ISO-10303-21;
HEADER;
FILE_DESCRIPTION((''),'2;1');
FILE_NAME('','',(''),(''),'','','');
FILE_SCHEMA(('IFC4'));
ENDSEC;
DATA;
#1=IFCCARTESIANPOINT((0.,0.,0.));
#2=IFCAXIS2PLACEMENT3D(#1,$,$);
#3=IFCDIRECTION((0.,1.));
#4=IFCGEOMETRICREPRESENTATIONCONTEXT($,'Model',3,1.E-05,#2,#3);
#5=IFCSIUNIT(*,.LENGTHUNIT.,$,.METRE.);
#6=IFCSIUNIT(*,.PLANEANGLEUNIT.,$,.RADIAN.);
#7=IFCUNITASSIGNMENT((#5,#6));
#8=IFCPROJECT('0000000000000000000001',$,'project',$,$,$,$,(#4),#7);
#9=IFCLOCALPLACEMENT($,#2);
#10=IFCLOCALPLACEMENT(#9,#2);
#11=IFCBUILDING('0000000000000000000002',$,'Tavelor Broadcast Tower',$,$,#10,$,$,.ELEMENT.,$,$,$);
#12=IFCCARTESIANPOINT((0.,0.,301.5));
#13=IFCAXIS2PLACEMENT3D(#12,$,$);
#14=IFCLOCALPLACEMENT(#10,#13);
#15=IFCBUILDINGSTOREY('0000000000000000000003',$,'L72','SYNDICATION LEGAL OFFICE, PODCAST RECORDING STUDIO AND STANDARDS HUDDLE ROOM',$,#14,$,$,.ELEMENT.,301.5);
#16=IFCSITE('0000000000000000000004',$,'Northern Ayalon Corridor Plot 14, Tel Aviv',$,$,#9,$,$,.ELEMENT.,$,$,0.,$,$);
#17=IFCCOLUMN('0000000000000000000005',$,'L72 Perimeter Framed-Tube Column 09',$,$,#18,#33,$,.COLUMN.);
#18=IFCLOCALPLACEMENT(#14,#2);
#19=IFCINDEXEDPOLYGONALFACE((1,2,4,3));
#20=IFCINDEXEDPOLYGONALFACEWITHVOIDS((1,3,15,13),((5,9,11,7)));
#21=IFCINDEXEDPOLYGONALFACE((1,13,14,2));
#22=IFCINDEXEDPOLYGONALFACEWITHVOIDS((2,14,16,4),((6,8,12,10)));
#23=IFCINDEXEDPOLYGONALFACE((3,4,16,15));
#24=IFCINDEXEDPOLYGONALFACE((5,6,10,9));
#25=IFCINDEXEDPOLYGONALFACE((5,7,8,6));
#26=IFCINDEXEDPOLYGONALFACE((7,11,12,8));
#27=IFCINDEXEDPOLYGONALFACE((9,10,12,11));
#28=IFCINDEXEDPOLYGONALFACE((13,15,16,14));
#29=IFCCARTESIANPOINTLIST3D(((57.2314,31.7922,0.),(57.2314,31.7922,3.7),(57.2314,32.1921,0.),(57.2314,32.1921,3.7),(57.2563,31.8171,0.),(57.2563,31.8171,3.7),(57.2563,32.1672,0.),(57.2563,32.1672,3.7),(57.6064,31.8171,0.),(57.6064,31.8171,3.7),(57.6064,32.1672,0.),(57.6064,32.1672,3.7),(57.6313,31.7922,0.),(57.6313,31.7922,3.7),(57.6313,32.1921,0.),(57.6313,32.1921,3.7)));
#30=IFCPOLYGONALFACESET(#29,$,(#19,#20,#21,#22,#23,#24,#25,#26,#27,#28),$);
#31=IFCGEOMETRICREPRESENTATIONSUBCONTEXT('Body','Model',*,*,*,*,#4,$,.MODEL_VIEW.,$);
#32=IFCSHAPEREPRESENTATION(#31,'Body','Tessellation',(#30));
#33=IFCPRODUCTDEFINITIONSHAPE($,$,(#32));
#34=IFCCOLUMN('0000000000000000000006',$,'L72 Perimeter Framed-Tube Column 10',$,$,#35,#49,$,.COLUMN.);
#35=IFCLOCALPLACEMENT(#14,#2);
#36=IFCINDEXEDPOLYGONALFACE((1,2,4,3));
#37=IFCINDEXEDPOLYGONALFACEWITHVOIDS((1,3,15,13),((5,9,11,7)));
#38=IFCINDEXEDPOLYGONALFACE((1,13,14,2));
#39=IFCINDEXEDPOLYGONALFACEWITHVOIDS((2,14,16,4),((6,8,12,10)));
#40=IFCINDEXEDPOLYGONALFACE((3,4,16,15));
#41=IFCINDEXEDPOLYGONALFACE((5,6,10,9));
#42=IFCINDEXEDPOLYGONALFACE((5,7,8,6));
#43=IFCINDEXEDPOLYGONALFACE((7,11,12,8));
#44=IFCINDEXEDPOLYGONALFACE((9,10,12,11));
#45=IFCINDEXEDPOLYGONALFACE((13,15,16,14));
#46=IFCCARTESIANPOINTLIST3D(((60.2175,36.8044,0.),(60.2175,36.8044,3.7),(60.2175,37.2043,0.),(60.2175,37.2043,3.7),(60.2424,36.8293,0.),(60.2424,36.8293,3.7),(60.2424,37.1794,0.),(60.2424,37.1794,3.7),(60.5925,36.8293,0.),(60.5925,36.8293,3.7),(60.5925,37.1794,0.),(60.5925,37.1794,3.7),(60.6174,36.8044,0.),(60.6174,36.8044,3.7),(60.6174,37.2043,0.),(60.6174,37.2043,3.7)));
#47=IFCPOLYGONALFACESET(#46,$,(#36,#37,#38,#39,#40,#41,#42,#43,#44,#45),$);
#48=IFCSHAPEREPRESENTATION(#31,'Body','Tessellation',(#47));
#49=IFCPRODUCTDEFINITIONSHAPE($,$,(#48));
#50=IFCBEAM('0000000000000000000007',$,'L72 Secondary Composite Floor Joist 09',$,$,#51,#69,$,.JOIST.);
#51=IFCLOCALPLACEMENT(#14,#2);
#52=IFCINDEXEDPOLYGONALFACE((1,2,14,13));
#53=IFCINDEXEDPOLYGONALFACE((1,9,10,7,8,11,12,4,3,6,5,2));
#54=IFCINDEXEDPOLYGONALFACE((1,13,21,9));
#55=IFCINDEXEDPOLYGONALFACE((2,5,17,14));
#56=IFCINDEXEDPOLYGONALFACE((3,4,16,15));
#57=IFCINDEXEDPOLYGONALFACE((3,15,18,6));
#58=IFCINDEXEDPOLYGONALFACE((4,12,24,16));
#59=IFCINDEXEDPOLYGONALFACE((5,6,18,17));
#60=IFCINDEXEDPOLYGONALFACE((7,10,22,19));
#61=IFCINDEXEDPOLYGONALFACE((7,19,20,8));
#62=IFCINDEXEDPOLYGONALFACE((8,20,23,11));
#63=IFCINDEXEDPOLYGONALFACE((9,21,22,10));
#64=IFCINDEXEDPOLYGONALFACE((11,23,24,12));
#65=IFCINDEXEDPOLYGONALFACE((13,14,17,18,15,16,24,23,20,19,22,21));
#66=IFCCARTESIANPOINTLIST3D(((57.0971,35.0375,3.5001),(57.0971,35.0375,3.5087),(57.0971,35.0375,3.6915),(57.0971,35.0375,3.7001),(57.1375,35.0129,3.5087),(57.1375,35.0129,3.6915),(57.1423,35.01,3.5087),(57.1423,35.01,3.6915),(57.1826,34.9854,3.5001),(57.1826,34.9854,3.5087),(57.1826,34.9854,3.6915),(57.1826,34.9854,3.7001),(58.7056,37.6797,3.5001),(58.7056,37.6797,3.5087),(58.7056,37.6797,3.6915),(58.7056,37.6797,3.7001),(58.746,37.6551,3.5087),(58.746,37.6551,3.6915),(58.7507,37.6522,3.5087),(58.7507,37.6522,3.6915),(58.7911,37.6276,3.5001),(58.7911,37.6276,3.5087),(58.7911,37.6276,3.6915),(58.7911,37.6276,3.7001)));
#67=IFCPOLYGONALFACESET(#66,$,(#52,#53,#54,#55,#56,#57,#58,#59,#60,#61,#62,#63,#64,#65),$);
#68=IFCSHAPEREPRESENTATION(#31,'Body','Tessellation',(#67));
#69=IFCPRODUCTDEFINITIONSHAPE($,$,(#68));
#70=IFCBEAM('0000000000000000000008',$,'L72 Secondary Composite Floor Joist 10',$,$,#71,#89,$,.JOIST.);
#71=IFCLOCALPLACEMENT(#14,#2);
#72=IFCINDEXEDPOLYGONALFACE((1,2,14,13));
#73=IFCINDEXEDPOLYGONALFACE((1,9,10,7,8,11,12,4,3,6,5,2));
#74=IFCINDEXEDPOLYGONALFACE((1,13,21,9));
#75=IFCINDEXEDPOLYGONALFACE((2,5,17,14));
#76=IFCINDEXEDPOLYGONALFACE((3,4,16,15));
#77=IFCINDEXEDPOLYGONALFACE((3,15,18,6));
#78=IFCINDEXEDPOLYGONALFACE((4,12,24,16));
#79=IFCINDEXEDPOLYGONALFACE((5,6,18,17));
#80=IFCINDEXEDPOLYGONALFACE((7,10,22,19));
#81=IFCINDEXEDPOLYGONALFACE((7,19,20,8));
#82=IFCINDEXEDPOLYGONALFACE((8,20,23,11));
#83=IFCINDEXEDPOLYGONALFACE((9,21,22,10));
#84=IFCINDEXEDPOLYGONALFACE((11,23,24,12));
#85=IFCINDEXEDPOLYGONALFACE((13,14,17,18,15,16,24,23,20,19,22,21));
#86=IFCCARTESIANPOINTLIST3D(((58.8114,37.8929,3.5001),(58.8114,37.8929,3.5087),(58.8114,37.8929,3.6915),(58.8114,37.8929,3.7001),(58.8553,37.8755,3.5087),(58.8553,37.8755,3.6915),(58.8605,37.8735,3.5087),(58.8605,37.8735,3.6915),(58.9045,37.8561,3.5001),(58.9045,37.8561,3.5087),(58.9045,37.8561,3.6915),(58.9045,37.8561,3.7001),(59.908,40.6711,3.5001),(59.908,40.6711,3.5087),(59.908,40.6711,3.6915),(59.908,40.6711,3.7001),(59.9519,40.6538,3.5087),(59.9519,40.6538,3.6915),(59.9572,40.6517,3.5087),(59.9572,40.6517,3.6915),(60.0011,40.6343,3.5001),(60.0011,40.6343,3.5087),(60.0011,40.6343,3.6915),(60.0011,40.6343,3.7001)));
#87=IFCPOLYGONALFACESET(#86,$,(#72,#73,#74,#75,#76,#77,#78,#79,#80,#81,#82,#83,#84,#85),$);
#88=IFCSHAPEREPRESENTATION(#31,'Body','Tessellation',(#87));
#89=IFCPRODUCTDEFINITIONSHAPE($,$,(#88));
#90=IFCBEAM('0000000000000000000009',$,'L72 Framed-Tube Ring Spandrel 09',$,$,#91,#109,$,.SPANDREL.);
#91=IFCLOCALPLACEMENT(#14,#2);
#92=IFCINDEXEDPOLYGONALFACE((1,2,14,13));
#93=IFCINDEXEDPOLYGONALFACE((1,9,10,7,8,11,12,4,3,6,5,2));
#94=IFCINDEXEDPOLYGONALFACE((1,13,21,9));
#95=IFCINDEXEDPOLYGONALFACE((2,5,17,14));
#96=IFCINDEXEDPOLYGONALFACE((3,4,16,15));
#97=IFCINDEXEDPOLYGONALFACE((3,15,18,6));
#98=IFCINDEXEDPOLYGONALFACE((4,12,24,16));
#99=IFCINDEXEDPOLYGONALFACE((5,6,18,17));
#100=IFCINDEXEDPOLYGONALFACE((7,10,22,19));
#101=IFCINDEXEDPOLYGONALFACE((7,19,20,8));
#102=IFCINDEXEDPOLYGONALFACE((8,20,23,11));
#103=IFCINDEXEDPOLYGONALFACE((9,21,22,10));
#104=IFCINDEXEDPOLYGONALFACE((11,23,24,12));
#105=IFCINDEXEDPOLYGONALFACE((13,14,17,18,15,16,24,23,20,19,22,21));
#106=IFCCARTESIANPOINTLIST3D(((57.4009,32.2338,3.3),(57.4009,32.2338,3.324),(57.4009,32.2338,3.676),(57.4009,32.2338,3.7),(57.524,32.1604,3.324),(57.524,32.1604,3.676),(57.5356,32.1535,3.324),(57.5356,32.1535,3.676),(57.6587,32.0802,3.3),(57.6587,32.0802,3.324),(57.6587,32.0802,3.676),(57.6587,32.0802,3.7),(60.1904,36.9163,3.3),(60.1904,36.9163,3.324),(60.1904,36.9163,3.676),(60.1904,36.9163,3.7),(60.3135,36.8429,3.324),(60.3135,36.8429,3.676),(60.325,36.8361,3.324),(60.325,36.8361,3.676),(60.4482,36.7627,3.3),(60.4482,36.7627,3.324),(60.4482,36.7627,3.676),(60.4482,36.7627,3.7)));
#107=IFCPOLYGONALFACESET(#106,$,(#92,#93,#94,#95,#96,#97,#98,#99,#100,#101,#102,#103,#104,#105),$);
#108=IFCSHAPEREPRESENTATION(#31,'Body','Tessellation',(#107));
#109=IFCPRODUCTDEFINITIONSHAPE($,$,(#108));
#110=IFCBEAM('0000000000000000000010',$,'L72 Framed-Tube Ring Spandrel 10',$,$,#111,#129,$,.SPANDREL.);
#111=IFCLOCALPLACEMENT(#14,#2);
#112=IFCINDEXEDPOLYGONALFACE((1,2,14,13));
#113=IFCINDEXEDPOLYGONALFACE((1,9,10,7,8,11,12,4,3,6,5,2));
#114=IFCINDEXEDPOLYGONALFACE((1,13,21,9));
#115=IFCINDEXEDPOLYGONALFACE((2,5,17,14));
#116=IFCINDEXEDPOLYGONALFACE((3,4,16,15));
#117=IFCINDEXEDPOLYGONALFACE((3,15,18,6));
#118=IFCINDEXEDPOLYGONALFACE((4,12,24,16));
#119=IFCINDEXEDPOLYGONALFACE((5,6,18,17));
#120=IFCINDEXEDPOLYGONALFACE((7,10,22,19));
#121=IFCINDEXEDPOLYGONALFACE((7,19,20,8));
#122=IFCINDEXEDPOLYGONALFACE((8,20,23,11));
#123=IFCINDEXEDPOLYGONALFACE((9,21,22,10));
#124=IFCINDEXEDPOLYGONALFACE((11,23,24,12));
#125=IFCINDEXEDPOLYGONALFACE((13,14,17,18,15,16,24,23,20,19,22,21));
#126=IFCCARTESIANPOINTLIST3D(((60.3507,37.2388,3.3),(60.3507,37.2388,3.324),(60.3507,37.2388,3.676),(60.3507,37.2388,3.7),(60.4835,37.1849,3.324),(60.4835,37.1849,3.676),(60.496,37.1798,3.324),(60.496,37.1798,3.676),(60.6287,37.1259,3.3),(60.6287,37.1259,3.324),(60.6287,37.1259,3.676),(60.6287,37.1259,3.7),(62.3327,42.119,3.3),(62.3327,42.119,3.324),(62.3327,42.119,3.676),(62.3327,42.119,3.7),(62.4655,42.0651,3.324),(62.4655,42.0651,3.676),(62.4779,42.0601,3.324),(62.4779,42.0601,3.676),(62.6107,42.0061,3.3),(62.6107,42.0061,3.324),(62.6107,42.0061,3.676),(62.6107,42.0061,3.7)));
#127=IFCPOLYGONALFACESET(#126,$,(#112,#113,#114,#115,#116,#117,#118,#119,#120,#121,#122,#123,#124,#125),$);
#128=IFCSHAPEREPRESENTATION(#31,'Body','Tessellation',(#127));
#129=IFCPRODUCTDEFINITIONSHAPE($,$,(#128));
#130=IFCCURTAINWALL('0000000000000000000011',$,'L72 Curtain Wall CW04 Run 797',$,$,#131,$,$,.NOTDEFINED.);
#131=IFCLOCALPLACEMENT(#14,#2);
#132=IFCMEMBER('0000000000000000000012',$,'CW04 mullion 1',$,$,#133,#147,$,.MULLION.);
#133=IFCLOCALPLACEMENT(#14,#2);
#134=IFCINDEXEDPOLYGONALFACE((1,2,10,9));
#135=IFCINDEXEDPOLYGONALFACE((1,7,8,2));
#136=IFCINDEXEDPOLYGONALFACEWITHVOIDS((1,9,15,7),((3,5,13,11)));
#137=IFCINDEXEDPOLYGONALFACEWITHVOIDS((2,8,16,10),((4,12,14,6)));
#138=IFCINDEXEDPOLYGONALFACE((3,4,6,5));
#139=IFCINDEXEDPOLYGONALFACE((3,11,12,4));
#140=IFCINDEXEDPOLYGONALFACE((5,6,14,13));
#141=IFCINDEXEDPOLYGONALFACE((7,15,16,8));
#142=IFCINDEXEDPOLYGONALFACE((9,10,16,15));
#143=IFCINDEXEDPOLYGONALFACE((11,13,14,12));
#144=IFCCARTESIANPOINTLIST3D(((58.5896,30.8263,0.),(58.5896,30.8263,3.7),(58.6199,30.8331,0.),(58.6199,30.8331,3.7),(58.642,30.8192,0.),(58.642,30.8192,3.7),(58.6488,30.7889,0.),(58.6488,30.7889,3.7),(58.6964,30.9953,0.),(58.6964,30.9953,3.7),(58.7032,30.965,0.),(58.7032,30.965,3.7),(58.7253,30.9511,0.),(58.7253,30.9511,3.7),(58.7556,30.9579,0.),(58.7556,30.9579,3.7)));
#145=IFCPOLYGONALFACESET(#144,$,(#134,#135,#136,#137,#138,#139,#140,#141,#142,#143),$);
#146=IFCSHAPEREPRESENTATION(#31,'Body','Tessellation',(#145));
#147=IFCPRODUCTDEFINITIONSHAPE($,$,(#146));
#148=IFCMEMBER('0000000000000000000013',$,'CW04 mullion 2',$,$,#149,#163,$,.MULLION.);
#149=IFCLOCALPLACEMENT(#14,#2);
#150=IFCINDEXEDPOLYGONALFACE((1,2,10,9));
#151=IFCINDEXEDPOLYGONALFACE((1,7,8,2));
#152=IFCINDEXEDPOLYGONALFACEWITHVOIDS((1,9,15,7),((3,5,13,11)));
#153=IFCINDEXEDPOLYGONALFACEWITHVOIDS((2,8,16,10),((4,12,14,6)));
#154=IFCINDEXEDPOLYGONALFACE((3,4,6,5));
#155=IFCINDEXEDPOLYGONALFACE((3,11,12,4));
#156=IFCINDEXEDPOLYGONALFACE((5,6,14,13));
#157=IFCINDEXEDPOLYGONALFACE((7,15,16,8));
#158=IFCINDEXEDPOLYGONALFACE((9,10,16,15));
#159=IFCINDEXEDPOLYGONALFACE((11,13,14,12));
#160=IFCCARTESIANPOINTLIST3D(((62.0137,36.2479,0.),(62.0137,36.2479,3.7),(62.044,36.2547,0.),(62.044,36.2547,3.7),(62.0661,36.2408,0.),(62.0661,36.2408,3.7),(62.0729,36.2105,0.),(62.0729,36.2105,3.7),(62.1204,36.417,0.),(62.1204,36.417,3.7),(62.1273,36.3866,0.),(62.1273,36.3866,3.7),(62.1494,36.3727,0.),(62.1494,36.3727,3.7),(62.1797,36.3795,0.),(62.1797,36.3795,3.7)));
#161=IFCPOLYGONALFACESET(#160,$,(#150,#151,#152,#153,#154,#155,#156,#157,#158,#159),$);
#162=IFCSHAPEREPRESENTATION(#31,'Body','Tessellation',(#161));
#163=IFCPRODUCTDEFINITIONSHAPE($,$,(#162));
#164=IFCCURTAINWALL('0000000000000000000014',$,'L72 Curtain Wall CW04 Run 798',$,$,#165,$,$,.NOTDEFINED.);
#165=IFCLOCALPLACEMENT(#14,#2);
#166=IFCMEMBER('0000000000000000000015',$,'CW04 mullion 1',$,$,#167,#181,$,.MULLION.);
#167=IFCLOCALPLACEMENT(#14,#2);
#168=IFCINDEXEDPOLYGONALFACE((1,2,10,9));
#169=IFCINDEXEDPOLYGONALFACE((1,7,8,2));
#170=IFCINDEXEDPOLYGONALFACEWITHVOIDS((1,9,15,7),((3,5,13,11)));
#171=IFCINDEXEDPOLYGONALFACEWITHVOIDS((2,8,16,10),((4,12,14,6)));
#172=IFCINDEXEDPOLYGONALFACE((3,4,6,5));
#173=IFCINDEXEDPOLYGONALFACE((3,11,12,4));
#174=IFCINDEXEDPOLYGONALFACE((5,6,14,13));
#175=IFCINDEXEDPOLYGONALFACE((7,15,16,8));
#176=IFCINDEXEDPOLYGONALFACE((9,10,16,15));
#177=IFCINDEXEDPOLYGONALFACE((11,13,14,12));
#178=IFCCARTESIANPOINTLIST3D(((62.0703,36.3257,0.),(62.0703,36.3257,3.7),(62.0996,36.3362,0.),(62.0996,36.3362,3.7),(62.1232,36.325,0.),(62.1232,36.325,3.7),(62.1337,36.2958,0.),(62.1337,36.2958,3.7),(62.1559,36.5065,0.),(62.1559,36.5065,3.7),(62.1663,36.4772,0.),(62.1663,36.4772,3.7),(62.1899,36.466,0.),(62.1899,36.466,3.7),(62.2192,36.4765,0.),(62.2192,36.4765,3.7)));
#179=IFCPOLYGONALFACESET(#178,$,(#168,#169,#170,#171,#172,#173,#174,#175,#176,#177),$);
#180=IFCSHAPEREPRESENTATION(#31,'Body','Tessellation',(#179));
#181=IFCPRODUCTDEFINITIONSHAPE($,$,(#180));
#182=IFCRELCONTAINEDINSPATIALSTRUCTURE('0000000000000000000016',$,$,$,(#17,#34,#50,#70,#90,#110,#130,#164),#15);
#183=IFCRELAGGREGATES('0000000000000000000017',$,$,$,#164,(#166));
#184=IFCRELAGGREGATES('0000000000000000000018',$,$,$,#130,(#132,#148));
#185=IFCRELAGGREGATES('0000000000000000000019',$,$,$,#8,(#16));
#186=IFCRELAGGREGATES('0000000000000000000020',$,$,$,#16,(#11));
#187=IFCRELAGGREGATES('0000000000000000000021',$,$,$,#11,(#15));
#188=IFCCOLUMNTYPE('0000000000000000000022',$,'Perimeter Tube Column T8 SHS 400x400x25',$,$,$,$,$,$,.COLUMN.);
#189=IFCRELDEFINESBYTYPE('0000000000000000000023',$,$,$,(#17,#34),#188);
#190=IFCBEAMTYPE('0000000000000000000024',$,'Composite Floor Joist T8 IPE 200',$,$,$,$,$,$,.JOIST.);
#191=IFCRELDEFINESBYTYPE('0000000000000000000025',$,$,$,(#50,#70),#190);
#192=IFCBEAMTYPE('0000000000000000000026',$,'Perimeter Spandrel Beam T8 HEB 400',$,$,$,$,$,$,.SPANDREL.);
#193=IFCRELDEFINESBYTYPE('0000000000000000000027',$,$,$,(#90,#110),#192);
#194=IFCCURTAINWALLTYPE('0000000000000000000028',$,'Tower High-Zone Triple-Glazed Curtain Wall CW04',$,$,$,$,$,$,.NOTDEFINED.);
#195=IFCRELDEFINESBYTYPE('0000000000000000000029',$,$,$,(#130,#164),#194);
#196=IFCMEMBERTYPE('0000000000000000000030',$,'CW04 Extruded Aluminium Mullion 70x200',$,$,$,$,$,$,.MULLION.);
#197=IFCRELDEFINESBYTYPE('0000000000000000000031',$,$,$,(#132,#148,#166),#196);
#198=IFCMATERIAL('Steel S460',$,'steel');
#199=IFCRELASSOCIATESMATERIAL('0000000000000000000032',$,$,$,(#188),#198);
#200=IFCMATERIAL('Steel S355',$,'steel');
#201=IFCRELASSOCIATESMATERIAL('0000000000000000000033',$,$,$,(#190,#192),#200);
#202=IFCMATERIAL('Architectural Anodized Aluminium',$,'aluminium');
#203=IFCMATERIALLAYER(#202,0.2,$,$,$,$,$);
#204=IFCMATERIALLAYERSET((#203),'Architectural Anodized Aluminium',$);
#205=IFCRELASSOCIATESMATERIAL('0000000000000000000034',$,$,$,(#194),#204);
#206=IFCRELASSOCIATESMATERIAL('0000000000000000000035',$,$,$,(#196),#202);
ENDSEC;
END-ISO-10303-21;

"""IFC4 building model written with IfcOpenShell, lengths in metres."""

from ifc_helpers import new_model, si_unit, direction, frame, origin, origin_2d, place, context, subcontext, project, spatial, hollow_rectangle, i_section, extrude, source, transform, mapped, material, layer, layer_set, material_profile, profile_set, type_object, type_shapes, element, aggregate, save


model = new_model("IFC4")

# Units and contexts
model_context = context("Model", 3, precision=1e-05, world=origin(), true_north=direction((0.0, 1.0)))
body_context = subcontext(model_context, "Body", "Model", "MODEL_VIEW")
ifc_project = project(units=[si_unit("LENGTHUNIT", "METRE"), si_unit("PLANEANGLEUNIT", "RADIAN")], contexts=[model_context])

# Site, building, storey
site_placement = place(None, origin())
site = spatial("IfcSite", under=ifc_project, at=site_placement, Name="Northern Ayalon Corridor Plot 14, Tel Aviv", CompositionType="ELEMENT", RefElevation=0.0)
building_placement = place(site_placement, origin())
building = spatial("IfcBuilding", under=site, at=building_placement, Name="Tavelor Broadcast Tower", CompositionType="ELEMENT")
storey_placement = place(building_placement, frame((0.0, 0.0, 301.5)))
storey = spatial("IfcBuildingStorey", under=building, at=storey_placement, Name="L72", Description="SYNDICATION LEGAL OFFICE, PODCAST RECORDING STUDIO AND STANDARDS HUDDLE ROOM", CompositionType="ELEMENT", Elevation=301.5)

# Columns
ifc_material_1 = material(Name="Steel S460", Category="steel")
ifc_material_profile_1 = material_profile(ifc_material_1, hollow_rectangle(XDim=0.3999, YDim=0.3999, WallThickness=0.0249, at=origin_2d()), Name="SHS 400x400x25")
ifc_profile_set_1 = profile_set([ifc_material_profile_1], Name="Steel S460")
column_type = type_object("IfcColumnType", Name="Perimeter Tube Column T8 SHS 400x400x25", PredefinedType="COLUMN", material=ifc_profile_set_1)
for number, where, z_axis, x_axis, name in (
    (1, (57.4314, 31.9922, 0.0), (0.0, 0.0, 1.0), (1.0, 0.0, 0.0), "L72 Perimeter Framed-Tube Column 09"),
    (2, (60.4175, 37.0044, 0.0), (0.0, 0.0, 1.0), (1.0, 0.0, 0.0), "L72 Perimeter Framed-Tube Column 10"),
):
    element("IfcColumn", number, at=place(storey_placement, frame(where, z_axis=z_axis, x_axis=x_axis)), inside=storey, type_object=column_type, Name=name, PredefinedType="COLUMN", context=body_context, shape_type="SweptSolid", body=[
        extrude(hollow_rectangle(XDim=0.3999, YDim=0.3999, WallThickness=0.0249, at=origin_2d()), origin(), (0.0, 0.0, 1.0), 3.7),
    ])

# Beams
ifc_material_2 = material(Name="Steel S355", Category="steel")
ifc_material_profile_2 = material_profile(ifc_material_2, i_section(OverallWidth=0.1001, OverallDepth=0.2, WebThickness=0.0056, FlangeThickness=0.0085, at=origin_2d()), Name="IPE 200")
ifc_profile_set_2 = profile_set([ifc_material_profile_2], Name="Steel S355")
beam_type_1 = type_object("IfcBeamType", Name="Composite Floor Joist T8 IPE 200", PredefinedType="JOIST", material=ifc_profile_set_2)
beam_1_placement = place(storey_placement, frame((57.1399, 35.0115, 3.6001), z_axis=(0.519987, 0.854174, 0.0), x_axis=(-0.854174, 0.519987, 0.0)))
element("IfcBeam", 3, at=beam_1_placement, inside=storey, type_object=beam_type_1, Name="L72 Secondary Composite Floor Joist 09", PredefinedType="JOIST", context=body_context, shape_type="SweptSolid", body=[
    extrude(i_section(OverallWidth=0.1001, OverallDepth=0.2, WebThickness=0.0056, FlangeThickness=0.0085, at=origin_2d()), origin(), (0.0, 0.0, 1.0), 3.0933),
])
beam_2_placement = place(storey_placement, frame((58.8579, 37.8745, 3.6001), z_axis=(0.367159, 0.930158, 0.0), x_axis=(-0.930158, 0.367159, 0.0)))
element("IfcBeam", 4, at=beam_2_placement, inside=storey, type_object=beam_type_1, Name="L72 Secondary Composite Floor Joist 10", PredefinedType="JOIST", context=body_context, shape_type="SweptSolid", body=[
    extrude(i_section(OverallWidth=0.1001, OverallDepth=0.2, WebThickness=0.0056, FlangeThickness=0.0085, at=origin_2d()), origin(), (0.0, 0.0, 1.0), 2.9868),
])
ifc_material_profile_3 = material_profile(ifc_material_2, i_section(OverallWidth=0.3, OverallDepth=0.3999, WebThickness=0.0134, FlangeThickness=0.0239, at=origin_2d()), Name="HEB 400")
ifc_profile_set_3 = profile_set([ifc_material_profile_3], Name="Steel S355")
beam_type_2 = type_object("IfcBeamType", Name="Perimeter Spandrel Beam T8 HEB 400", PredefinedType="SPANDREL", material=ifc_profile_set_3)
beam_3_placement = place(storey_placement, frame((57.5298, 32.157, 3.5), z_axis=(0.511793, 0.859109, 0.0), x_axis=(-0.859109, 0.511793, 0.0)))
element("IfcBeam", 5, at=beam_3_placement, inside=storey, type_object=beam_type_2, Name="L72 Framed-Tube Ring Spandrel 09", PredefinedType="SPANDREL", context=body_context, shape_type="SweptSolid", body=[
    extrude(i_section(OverallWidth=0.3, OverallDepth=0.3999, WebThickness=0.0134, FlangeThickness=0.0239, at=origin_2d()), origin(), (0.0, 0.0, 1.0), 5.4504),
])
beam_4_placement = place(storey_placement, frame((60.4897, 37.1824, 3.5), z_axis=(0.376276, 0.926507, 0.0), x_axis=(-0.926507, 0.376276, 0.0)))
element("IfcBeam", 6, at=beam_4_placement, inside=storey, type_object=beam_type_2, Name="L72 Framed-Tube Ring Spandrel 10", PredefinedType="SPANDREL", context=body_context, shape_type="SweptSolid", body=[
    extrude(i_section(OverallWidth=0.3, OverallDepth=0.3999, WebThickness=0.0134, FlangeThickness=0.0239, at=origin_2d()), origin(), (0.0, 0.0, 1.0), 5.2673),
])

# Curtain walls, members
ifc_material_3 = material(Name="Architectural Anodized Aluminium", Category="aluminium")
ifc_layer_1 = layer(ifc_material_3, 0.2)
ifc_layer_set_1 = layer_set([ifc_layer_1], Name="Architectural Anodized Aluminium")
curtain_wall_type = type_object("IfcCurtainWallType", Name="Tower High-Zone Triple-Glazed Curtain Wall CW04", PredefinedType="NOTDEFINED", material=ifc_layer_set_1)
curtain_wall_1_placement = place(storey_placement, origin())
curtain_wall_1 = element("IfcCurtainWall", 7, at=curtain_wall_1_placement, inside=storey, type_object=curtain_wall_type, Name="L72 Curtain Wall CW04 Run 797", PredefinedType="NOTDEFINED")
ifc_material_profile_4 = material_profile(ifc_material_3, hollow_rectangle(XDim=0.0701, YDim=0.2, WallThickness=0.022, at=origin_2d()), Name="RHS 70x200x22")
ifc_profile_set_4 = profile_set([ifc_material_profile_4], Name="Architectural Anodized Aluminium")
member_type_1 = type_object("IfcMemberType", Name="CW04 Extruded Aluminium Mullion 70x200", PredefinedType="MULLION", material=ifc_profile_set_4)
shared_shape_1 = source(origin(), body_context, "Body", "SweptSolid", [
    extrude(hollow_rectangle(XDim=0.0701, YDim=0.2, WallThickness=0.022, at=origin_2d()), origin(), (0.0, 0.0, 1.0), 3.7),
])
type_shapes(member_type_1, [shared_shape_1])
member_1_placement = place(storey_placement, frame((58.6726, 30.8921, 0.0), z_axis=(0.0, 0.0, 1.0), x_axis=(-0.845493, 0.533987, 0.0)))
member_1 = element("IfcMember", 8, at=member_1_placement, type_object=member_type_1, Name="CW04 mullion 1", PredefinedType="MULLION", context=body_context, shape_type="MappedRepresentation", body=[
    mapped(shared_shape_1, transform((0.0, 0.0, 0.0), scale=1.0)),
])
member_2_placement = place(storey_placement, frame((62.0967, 36.3137, 0.0), z_axis=(0.0, 0.0, 1.0), x_axis=(-0.845493, 0.533987, 0.0)))
member_2 = element("IfcMember", 9, at=member_2_placement, type_object=member_type_1, Name="CW04 mullion 2", PredefinedType="MULLION", context=body_context, shape_type="MappedRepresentation", body=[
    mapped(shared_shape_1, transform((0.0, 0.0, 0.0), scale=1.0)),
])
curtain_wall_2_placement = place(storey_placement, origin())
curtain_wall_2 = element("IfcCurtainWall", 10, at=curtain_wall_2_placement, inside=storey, type_object=curtain_wall_type, Name="L72 Curtain Wall CW04 Run 798", PredefinedType="NOTDEFINED")
member_3_placement = place(storey_placement, frame((62.1448, 36.4011, 0.0), z_axis=(0.0, 0.0, 1.0), x_axis=(-0.903897, 0.427749, 0.0)))
member_3 = element("IfcMember", 11, at=member_3_placement, type_object=member_type_1, Name="CW04 mullion 1", PredefinedType="MULLION", context=body_context, shape_type="MappedRepresentation", body=[
    mapped(shared_shape_1, transform((0.0, 0.0, 0.0), scale=1.0)),
])
aggregate(curtain_wall_2, [member_3])

aggregate(curtain_wall_1, [member_1, member_2])

save(model, "model.ifc")
